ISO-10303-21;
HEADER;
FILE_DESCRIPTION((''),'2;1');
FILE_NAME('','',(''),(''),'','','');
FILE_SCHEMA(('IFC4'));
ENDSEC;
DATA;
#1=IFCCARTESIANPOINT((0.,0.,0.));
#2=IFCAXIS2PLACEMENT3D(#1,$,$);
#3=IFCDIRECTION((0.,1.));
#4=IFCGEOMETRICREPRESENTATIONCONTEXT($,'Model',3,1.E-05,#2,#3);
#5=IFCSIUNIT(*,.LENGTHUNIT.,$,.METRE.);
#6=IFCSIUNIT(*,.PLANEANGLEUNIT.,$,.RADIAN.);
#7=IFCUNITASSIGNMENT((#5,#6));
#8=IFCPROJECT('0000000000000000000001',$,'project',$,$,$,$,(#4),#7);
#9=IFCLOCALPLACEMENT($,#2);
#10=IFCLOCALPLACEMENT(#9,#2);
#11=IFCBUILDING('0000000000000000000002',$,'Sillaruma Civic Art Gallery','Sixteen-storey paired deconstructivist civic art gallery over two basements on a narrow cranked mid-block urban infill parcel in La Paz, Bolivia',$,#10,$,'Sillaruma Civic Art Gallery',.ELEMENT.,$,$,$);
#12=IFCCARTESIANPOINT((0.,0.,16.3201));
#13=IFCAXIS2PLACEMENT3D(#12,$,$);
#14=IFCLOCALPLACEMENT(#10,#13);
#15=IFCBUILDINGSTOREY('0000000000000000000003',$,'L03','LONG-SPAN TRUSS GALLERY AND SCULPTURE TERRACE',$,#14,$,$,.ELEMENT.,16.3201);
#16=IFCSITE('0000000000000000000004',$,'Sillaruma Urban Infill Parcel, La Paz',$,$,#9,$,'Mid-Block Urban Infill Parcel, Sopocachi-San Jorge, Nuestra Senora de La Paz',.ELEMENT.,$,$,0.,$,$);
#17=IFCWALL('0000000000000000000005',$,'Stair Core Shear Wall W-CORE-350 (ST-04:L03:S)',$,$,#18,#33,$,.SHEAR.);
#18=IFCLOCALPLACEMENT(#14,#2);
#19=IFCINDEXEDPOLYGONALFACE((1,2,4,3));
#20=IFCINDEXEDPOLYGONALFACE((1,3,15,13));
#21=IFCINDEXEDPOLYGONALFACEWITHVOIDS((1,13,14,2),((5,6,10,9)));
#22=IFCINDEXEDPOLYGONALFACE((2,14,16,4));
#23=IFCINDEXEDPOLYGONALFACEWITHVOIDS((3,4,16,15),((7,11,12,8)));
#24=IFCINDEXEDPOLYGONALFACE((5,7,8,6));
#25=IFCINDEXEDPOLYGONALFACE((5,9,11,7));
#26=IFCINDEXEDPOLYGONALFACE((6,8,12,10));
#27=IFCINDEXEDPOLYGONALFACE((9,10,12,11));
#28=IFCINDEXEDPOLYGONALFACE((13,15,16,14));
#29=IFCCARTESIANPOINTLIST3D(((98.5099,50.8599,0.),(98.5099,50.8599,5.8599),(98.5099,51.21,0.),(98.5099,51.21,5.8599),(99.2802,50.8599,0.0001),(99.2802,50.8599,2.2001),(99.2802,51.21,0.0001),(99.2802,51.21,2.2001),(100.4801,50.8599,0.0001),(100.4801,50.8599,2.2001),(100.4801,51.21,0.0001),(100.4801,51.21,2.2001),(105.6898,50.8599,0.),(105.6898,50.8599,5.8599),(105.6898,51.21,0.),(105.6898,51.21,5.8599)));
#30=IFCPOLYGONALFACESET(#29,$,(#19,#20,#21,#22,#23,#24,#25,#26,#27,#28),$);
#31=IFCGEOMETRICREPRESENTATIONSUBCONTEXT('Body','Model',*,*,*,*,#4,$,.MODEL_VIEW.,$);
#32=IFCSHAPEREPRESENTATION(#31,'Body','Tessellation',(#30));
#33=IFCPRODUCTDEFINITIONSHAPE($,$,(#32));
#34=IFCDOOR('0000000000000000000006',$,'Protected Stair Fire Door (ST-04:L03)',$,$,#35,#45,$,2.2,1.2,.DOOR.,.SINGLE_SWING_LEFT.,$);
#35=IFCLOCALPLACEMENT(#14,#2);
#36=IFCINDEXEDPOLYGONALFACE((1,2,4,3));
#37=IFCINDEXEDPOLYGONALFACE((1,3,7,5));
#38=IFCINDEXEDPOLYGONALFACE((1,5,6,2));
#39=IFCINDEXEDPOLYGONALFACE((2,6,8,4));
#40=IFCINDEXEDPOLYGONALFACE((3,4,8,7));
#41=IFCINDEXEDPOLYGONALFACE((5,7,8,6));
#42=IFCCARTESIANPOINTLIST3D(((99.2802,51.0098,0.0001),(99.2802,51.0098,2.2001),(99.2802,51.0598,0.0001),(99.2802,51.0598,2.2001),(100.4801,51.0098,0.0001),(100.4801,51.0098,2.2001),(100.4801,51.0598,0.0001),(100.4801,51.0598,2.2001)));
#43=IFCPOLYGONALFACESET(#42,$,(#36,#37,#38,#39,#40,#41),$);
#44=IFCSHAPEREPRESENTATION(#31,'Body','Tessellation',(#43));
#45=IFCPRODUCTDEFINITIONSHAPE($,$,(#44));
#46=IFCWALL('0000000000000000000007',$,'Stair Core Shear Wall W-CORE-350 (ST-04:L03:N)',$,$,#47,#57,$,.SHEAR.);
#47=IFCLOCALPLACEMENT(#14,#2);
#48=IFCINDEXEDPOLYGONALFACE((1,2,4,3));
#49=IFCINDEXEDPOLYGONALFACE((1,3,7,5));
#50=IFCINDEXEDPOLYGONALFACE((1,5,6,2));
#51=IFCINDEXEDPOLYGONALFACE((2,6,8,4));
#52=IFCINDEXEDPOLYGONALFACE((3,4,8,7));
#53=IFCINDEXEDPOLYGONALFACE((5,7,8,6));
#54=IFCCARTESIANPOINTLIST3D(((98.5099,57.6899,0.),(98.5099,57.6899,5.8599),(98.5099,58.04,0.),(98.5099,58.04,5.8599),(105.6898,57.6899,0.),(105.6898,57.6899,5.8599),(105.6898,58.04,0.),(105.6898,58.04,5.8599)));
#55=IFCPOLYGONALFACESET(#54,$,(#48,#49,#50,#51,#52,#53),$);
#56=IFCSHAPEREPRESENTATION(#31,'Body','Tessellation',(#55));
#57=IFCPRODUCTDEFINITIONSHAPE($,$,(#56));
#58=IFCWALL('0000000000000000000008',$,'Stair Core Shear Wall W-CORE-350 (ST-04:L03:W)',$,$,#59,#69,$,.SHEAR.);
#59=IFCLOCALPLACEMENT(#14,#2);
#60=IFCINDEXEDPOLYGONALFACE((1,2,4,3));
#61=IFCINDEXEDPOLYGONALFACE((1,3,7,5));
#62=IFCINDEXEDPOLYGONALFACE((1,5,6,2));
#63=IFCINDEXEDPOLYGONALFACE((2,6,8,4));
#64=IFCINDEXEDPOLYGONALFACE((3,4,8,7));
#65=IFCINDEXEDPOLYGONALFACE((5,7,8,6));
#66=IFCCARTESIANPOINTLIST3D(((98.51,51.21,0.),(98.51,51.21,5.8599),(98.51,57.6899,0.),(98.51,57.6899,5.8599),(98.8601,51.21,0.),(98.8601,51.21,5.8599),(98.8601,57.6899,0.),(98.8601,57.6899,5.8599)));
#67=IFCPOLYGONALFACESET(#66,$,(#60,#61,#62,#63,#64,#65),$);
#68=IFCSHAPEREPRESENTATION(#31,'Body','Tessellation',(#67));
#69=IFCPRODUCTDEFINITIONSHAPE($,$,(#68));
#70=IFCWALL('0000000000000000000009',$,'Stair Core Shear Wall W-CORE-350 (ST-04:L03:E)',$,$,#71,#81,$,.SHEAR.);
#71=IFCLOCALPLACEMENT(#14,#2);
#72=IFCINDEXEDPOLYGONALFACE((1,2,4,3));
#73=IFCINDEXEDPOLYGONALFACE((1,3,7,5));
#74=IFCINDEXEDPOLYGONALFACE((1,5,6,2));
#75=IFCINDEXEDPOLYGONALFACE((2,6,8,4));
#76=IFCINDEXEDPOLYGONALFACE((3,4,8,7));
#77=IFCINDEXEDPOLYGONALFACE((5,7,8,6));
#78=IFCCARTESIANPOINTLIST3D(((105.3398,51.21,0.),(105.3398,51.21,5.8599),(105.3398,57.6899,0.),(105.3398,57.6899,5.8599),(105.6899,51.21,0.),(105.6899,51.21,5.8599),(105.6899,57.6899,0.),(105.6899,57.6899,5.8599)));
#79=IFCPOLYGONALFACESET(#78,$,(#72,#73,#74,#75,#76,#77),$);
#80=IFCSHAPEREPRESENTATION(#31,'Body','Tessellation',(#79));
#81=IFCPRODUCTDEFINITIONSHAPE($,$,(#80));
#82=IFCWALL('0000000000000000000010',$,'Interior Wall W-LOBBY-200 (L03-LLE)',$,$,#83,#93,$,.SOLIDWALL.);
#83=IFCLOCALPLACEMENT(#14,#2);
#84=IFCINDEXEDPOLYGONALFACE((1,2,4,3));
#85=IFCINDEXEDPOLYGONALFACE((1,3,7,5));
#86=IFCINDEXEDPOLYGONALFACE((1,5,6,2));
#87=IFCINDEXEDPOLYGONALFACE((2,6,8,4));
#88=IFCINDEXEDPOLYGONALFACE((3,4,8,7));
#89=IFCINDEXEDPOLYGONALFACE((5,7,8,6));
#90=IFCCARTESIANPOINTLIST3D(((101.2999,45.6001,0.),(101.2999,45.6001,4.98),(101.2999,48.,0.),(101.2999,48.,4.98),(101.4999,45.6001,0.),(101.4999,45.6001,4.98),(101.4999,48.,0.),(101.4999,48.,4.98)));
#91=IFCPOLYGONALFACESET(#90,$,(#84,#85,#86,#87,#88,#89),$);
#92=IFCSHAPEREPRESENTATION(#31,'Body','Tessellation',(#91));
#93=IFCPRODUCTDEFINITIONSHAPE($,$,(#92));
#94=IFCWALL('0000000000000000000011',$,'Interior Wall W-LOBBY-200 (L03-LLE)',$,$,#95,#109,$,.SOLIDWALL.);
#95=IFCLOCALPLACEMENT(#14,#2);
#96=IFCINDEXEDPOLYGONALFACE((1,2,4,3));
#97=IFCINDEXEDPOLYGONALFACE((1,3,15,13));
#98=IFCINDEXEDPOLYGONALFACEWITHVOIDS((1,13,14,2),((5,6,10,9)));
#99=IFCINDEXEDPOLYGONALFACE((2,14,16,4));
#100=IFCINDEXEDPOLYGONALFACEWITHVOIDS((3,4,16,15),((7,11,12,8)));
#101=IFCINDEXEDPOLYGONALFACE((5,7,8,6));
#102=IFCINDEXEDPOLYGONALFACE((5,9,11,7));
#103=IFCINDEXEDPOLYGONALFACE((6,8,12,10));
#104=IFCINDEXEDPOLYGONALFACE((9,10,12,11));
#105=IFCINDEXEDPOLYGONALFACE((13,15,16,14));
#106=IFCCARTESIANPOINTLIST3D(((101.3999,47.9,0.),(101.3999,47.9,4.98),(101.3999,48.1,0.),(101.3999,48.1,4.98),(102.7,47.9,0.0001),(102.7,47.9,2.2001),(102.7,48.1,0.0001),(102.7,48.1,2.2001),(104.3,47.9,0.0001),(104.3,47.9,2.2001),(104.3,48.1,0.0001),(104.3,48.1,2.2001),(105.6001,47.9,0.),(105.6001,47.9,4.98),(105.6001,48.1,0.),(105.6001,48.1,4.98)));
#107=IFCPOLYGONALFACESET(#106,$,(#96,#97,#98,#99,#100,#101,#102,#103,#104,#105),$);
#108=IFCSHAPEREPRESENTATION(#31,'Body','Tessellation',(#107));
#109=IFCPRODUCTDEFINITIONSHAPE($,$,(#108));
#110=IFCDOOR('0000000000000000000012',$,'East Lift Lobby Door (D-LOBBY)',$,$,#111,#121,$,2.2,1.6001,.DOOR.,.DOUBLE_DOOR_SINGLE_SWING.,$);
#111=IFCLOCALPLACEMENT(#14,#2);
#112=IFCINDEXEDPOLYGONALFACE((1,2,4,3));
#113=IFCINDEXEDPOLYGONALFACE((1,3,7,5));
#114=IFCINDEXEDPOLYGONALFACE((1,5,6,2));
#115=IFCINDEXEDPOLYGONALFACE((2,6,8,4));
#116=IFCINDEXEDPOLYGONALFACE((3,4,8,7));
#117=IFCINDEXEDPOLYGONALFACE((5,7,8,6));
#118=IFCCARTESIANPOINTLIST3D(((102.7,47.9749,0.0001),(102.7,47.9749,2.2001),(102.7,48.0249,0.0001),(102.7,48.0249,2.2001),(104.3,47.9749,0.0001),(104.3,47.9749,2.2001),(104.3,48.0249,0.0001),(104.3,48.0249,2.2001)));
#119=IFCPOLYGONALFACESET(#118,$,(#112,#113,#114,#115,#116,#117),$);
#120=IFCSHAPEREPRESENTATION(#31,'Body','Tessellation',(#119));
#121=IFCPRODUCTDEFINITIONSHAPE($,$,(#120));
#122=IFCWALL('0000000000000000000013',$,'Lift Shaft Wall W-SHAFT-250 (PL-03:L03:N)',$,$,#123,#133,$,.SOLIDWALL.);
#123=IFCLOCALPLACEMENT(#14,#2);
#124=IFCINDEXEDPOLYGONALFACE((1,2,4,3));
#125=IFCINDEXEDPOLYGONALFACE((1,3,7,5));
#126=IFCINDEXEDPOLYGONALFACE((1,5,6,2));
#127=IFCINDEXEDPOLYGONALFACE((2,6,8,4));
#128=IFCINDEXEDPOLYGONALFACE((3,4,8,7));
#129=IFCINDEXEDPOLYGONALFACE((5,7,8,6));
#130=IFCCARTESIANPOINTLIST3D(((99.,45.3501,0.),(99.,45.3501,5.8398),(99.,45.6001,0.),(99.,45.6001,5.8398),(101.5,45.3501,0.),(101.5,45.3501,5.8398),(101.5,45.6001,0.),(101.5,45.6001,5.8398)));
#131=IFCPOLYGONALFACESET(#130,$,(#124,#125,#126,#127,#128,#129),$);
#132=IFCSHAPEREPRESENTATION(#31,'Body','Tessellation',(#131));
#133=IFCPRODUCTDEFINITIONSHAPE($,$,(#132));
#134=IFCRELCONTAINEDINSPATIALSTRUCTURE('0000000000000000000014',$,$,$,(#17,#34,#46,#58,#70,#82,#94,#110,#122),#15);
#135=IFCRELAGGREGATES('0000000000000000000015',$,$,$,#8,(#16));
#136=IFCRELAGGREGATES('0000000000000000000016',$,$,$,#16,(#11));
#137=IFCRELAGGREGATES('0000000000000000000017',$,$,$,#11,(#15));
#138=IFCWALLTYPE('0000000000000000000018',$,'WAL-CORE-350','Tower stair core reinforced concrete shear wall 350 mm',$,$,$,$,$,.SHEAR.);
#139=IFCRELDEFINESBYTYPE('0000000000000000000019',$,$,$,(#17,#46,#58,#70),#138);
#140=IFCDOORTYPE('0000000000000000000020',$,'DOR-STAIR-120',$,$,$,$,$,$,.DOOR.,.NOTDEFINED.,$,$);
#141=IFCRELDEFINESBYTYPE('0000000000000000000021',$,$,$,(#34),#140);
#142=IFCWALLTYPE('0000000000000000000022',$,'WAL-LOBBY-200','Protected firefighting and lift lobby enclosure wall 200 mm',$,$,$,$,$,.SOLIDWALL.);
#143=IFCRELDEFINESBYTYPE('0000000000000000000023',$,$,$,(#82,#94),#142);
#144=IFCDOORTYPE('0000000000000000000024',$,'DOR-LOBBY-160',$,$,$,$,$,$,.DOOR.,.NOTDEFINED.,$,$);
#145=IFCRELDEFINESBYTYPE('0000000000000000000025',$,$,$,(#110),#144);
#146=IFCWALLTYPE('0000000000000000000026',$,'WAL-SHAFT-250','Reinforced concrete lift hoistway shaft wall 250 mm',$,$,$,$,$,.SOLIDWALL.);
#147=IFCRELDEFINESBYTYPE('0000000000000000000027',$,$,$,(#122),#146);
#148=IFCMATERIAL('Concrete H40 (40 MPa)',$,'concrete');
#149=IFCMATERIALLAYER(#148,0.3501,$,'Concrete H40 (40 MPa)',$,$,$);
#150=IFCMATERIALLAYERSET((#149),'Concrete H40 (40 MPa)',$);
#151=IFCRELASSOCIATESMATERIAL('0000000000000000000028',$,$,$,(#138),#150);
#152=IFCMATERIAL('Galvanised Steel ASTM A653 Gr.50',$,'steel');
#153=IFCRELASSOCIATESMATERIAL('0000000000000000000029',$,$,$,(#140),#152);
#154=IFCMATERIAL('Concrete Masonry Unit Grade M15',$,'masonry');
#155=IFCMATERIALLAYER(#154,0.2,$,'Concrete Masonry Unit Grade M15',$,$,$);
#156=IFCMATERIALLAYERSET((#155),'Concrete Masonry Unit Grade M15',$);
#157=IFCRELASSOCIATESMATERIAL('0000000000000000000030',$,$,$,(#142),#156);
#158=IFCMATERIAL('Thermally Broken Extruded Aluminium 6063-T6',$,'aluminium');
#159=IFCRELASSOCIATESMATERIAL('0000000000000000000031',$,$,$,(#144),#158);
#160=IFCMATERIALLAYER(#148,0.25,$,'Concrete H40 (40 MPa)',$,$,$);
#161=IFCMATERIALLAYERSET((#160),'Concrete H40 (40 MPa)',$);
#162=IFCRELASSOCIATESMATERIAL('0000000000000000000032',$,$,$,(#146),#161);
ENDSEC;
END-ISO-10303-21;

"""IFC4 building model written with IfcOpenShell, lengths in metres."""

from ifc_helpers import new_model, si_unit, direction, frame, frame_2d, origin, place, context, subcontext, project, spatial, rectangle, extrude, material, layer, layer_set, type_object, element, fill, save


model = new_model("IFC4")

# Units and contexts
model_context = context("Model", 3, precision=1e-05, world=origin(), true_north=direction((0.0, 1.0)))
body_context = subcontext(model_context, "Body", "Model", "MODEL_VIEW")
ifc_project = project(units=[si_unit("LENGTHUNIT", "METRE"), si_unit("PLANEANGLEUNIT", "RADIAN")], contexts=[model_context])

# Site, building, storey
site_placement = place(None, origin())
site = spatial("IfcSite", under=ifc_project, at=site_placement, Name="Sillaruma Urban Infill Parcel, La Paz", LongName="Mid-Block Urban Infill Parcel, Sopocachi-San Jorge, Nuestra Senora de La Paz", CompositionType="ELEMENT", RefElevation=0.0)
building_placement = place(site_placement, origin())
building = spatial("IfcBuilding", under=site, at=building_placement, Name="Sillaruma Civic Art Gallery", Description="Sixteen-storey paired deconstructivist civic art gallery over two basements on a narrow cranked mid-block urban infill parcel in La Paz, Bolivia", LongName="Sillaruma Civic Art Gallery", CompositionType="ELEMENT")
storey_placement = place(building_placement, frame((0.0, 0.0, 16.3201)))
storey = spatial("IfcBuildingStorey", under=building, at=storey_placement, Name="L03", Description="LONG-SPAN TRUSS GALLERY AND SCULPTURE TERRACE", CompositionType="ELEMENT", Elevation=16.3201)

# Shared definitions
ifc_material_1 = material(Name="Concrete H40 (40 MPa)", Category="concrete")

# Wall, opening, door
ifc_layer_1 = layer(ifc_material_1, 0.3501, Name="Concrete H40 (40 MPa)")
ifc_layer_set_1 = layer_set([ifc_layer_1], Name="Concrete H40 (40 MPa)")
wall_type_1 = type_object("IfcWallType", Name="WAL-CORE-350", Description="Tower stair core reinforced concrete shear wall 350 mm", PredefinedType="SHEAR", material=ifc_layer_set_1)
wall_1_placement = place(storey_placement, frame((98.51, 51.0349, 0.0), z_axis=(0.0, 0.0, 1.0), x_axis=(1.0, 0.0, 0.0)))
wall_1 = element("IfcWall", 1, at=wall_1_placement, inside=storey, type_object=wall_type_1, Name="Stair Core Shear Wall W-CORE-350 (ST-04:L03:S)", PredefinedType="SHEAR", context=body_context, shape_type="SweptSolid", body=[
    extrude(rectangle(XDim=7.1799, YDim=0.3501, at=frame_2d((3.5898, 0.0))), origin(), (0.0, 0.0, 1.0), 5.8599),
])
opening_1_placement = place(wall_1_placement, frame((0.77, 0.0, 0.0)))
opening_1 = element("IfcOpeningElement", 2, at=opening_1_placement, cuts=wall_1, PredefinedType="OPENING", context=body_context, shape_type="SweptSolid", body=[
    extrude(rectangle(XDim=1.2, YDim=2.2, at=frame_2d((0.6001, 1.1001))), frame((0.0, 0.1851, 0.0), z_axis=(0.0, -1.0, 0.0), x_axis=(1.0, 0.0, 0.0)), (0.0, 0.0, 1.0), 0.3701),
])
ifc_material_2 = material(Name="Galvanised Steel ASTM A653 Gr.50", Category="steel")
door_type_1 = type_object("IfcDoorType", Name="DOR-STAIR-120", OperationType="NOTDEFINED", PredefinedType="DOOR", material=ifc_material_2)
door_1_placement = place(opening_1_placement, origin())
door_1 = element("IfcDoor", 3, at=door_1_placement, inside=storey, type_object=door_type_1, Name="Protected Stair Fire Door (ST-04:L03)", OperationType="SINGLE_SWING_LEFT", OverallHeight=2.2, OverallWidth=1.2, PredefinedType="DOOR", context=body_context, shape_type="SweptSolid", body=[
    extrude(rectangle(XDim=1.2, YDim=2.2, at=frame_2d((0.6001, 1.1001))), frame((0.0, 0.0249, 0.0), z_axis=(0.0, -1.0, 0.0), x_axis=(1.0, 0.0, 0.0)), (0.0, 0.0, 1.0), 0.05),
])
fill(opening_1, door_1)

# Walls
wall_2_placement = place(storey_placement, frame((98.51, 57.865, 0.0), z_axis=(0.0, 0.0, 1.0), x_axis=(1.0, 0.0, 0.0)))
element("IfcWall", 4, at=wall_2_placement, inside=storey, type_object=wall_type_1, Name="Stair Core Shear Wall W-CORE-350 (ST-04:L03:N)", PredefinedType="SHEAR", context=body_context, shape_type="SweptSolid", body=[
    extrude(rectangle(XDim=7.1799, YDim=0.3501, at=frame_2d((3.5898, 0.0))), origin(), (0.0, 0.0, 1.0), 5.8599),
])
for number, where, z_axis, x_axis, name in (
    (5, (98.6851, 51.21, 0.0), (0.0, 0.0, 1.0), (0.0, 1.0, 0.0), "Stair Core Shear Wall W-CORE-350 (ST-04:L03:W)"),
    (6, (105.5149, 51.21, 0.0), (0.0, 0.0, 1.0), (0.0, 1.0, 0.0), "Stair Core Shear Wall W-CORE-350 (ST-04:L03:E)"),
):
    element("IfcWall", number, at=place(storey_placement, frame(where, z_axis=z_axis, x_axis=x_axis)), inside=storey, type_object=wall_type_1, Name=name, PredefinedType="SHEAR", context=body_context, shape_type="SweptSolid", body=[
        extrude(rectangle(XDim=6.48, YDim=0.3501, at=frame_2d((3.24, 0.0))), origin(), (0.0, 0.0, 1.0), 5.8599),
    ])
ifc_material_3 = material(Name="Concrete Masonry Unit Grade M15", Category="masonry")
ifc_layer_2 = layer(ifc_material_3, 0.2, Name="Concrete Masonry Unit Grade M15")
ifc_layer_set_2 = layer_set([ifc_layer_2], Name="Concrete Masonry Unit Grade M15")
wall_type_2 = type_object("IfcWallType", Name="WAL-LOBBY-200", Description="Protected firefighting and lift lobby enclosure wall 200 mm", PredefinedType="SOLIDWALL", material=ifc_layer_set_2)
wall_3_placement = place(storey_placement, frame((101.3999, 45.6001, 0.0), z_axis=(0.0, 0.0, 1.0), x_axis=(0.0, 1.0, 0.0)))
element("IfcWall", 7, at=wall_3_placement, inside=storey, type_object=wall_type_2, Name="Interior Wall W-LOBBY-200 (L03-LLE)", PredefinedType="SOLIDWALL", context=body_context, shape_type="SweptSolid", body=[
    extrude(rectangle(XDim=2.3999, YDim=0.2, at=frame_2d((1.2, 0.0))), origin(), (0.0, 0.0, 1.0), 4.98),
])

# Wall, opening, door
wall_4_placement = place(storey_placement, frame((101.3999, 48.0, 0.0), z_axis=(0.0, 0.0, 1.0), x_axis=(1.0, 0.0, 0.0)))
wall_4 = element("IfcWall", 8, at=wall_4_placement, inside=storey, type_object=wall_type_2, Name="Interior Wall W-LOBBY-200 (L03-LLE)", PredefinedType="SOLIDWALL", context=body_context, shape_type="SweptSolid", body=[
    extrude(rectangle(XDim=4.2002, YDim=0.2, at=frame_2d((2.1001, 0.0))), origin(), (0.0, 0.0, 1.0), 4.98),
])
opening_2_placement = place(wall_4_placement, frame((1.3, 0.0, 0.0)))
opening_2 = element("IfcOpeningElement", 9, at=opening_2_placement, cuts=wall_4, PredefinedType="OPENING", context=body_context, shape_type="SweptSolid", body=[
    extrude(rectangle(XDim=1.6001, YDim=2.2, at=frame_2d((0.8, 1.1001))), frame((0.0, 0.1099, 0.0), z_axis=(0.0, -1.0, 0.0), x_axis=(1.0, 0.0, 0.0)), (0.0, 0.0, 1.0), 0.22),
])
ifc_material_4 = material(Name="Thermally Broken Extruded Aluminium 6063-T6", Category="aluminium")
door_type_2 = type_object("IfcDoorType", Name="DOR-LOBBY-160", OperationType="NOTDEFINED", PredefinedType="DOOR", material=ifc_material_4)
door_2_placement = place(opening_2_placement, origin())
door_2 = element("IfcDoor", 10, at=door_2_placement, inside=storey, type_object=door_type_2, Name="East Lift Lobby Door (D-LOBBY)", OperationType="DOUBLE_DOOR_SINGLE_SWING", OverallHeight=2.2, OverallWidth=1.6001, PredefinedType="DOOR", context=body_context, shape_type="SweptSolid", body=[
    extrude(rectangle(XDim=1.6001, YDim=2.2, at=frame_2d((0.8, 1.1001))), frame((0.0, 0.0249, 0.0), z_axis=(0.0, -1.0, 0.0), x_axis=(1.0, 0.0, 0.0)), (0.0, 0.0, 1.0), 0.05),
])
fill(opening_2, door_2)

# Wall
ifc_layer_3 = layer(ifc_material_1, 0.25, Name="Concrete H40 (40 MPa)")
ifc_layer_set_3 = layer_set([ifc_layer_3], Name="Concrete H40 (40 MPa)")
wall_type_3 = type_object("IfcWallType", Name="WAL-SHAFT-250", Description="Reinforced concrete lift hoistway shaft wall 250 mm", PredefinedType="SOLIDWALL", material=ifc_layer_set_3)
wall_5_placement = place(storey_placement, frame((99.0, 45.4751, 0.0), z_axis=(0.0, 0.0, 1.0), x_axis=(1.0, 0.0, 0.0)))
element("IfcWall", 11, at=wall_5_placement, inside=storey, type_object=wall_type_3, Name="Lift Shaft Wall W-SHAFT-250 (PL-03:L03:N)", PredefinedType="SOLIDWALL", context=body_context, shape_type="SweptSolid", body=[
    extrude(rectangle(XDim=2.5, YDim=0.25, at=frame_2d((1.25, 0.0))), origin(), (0.0, 0.0, 1.0), 5.8398),
])

save(model, "model.ifc")
